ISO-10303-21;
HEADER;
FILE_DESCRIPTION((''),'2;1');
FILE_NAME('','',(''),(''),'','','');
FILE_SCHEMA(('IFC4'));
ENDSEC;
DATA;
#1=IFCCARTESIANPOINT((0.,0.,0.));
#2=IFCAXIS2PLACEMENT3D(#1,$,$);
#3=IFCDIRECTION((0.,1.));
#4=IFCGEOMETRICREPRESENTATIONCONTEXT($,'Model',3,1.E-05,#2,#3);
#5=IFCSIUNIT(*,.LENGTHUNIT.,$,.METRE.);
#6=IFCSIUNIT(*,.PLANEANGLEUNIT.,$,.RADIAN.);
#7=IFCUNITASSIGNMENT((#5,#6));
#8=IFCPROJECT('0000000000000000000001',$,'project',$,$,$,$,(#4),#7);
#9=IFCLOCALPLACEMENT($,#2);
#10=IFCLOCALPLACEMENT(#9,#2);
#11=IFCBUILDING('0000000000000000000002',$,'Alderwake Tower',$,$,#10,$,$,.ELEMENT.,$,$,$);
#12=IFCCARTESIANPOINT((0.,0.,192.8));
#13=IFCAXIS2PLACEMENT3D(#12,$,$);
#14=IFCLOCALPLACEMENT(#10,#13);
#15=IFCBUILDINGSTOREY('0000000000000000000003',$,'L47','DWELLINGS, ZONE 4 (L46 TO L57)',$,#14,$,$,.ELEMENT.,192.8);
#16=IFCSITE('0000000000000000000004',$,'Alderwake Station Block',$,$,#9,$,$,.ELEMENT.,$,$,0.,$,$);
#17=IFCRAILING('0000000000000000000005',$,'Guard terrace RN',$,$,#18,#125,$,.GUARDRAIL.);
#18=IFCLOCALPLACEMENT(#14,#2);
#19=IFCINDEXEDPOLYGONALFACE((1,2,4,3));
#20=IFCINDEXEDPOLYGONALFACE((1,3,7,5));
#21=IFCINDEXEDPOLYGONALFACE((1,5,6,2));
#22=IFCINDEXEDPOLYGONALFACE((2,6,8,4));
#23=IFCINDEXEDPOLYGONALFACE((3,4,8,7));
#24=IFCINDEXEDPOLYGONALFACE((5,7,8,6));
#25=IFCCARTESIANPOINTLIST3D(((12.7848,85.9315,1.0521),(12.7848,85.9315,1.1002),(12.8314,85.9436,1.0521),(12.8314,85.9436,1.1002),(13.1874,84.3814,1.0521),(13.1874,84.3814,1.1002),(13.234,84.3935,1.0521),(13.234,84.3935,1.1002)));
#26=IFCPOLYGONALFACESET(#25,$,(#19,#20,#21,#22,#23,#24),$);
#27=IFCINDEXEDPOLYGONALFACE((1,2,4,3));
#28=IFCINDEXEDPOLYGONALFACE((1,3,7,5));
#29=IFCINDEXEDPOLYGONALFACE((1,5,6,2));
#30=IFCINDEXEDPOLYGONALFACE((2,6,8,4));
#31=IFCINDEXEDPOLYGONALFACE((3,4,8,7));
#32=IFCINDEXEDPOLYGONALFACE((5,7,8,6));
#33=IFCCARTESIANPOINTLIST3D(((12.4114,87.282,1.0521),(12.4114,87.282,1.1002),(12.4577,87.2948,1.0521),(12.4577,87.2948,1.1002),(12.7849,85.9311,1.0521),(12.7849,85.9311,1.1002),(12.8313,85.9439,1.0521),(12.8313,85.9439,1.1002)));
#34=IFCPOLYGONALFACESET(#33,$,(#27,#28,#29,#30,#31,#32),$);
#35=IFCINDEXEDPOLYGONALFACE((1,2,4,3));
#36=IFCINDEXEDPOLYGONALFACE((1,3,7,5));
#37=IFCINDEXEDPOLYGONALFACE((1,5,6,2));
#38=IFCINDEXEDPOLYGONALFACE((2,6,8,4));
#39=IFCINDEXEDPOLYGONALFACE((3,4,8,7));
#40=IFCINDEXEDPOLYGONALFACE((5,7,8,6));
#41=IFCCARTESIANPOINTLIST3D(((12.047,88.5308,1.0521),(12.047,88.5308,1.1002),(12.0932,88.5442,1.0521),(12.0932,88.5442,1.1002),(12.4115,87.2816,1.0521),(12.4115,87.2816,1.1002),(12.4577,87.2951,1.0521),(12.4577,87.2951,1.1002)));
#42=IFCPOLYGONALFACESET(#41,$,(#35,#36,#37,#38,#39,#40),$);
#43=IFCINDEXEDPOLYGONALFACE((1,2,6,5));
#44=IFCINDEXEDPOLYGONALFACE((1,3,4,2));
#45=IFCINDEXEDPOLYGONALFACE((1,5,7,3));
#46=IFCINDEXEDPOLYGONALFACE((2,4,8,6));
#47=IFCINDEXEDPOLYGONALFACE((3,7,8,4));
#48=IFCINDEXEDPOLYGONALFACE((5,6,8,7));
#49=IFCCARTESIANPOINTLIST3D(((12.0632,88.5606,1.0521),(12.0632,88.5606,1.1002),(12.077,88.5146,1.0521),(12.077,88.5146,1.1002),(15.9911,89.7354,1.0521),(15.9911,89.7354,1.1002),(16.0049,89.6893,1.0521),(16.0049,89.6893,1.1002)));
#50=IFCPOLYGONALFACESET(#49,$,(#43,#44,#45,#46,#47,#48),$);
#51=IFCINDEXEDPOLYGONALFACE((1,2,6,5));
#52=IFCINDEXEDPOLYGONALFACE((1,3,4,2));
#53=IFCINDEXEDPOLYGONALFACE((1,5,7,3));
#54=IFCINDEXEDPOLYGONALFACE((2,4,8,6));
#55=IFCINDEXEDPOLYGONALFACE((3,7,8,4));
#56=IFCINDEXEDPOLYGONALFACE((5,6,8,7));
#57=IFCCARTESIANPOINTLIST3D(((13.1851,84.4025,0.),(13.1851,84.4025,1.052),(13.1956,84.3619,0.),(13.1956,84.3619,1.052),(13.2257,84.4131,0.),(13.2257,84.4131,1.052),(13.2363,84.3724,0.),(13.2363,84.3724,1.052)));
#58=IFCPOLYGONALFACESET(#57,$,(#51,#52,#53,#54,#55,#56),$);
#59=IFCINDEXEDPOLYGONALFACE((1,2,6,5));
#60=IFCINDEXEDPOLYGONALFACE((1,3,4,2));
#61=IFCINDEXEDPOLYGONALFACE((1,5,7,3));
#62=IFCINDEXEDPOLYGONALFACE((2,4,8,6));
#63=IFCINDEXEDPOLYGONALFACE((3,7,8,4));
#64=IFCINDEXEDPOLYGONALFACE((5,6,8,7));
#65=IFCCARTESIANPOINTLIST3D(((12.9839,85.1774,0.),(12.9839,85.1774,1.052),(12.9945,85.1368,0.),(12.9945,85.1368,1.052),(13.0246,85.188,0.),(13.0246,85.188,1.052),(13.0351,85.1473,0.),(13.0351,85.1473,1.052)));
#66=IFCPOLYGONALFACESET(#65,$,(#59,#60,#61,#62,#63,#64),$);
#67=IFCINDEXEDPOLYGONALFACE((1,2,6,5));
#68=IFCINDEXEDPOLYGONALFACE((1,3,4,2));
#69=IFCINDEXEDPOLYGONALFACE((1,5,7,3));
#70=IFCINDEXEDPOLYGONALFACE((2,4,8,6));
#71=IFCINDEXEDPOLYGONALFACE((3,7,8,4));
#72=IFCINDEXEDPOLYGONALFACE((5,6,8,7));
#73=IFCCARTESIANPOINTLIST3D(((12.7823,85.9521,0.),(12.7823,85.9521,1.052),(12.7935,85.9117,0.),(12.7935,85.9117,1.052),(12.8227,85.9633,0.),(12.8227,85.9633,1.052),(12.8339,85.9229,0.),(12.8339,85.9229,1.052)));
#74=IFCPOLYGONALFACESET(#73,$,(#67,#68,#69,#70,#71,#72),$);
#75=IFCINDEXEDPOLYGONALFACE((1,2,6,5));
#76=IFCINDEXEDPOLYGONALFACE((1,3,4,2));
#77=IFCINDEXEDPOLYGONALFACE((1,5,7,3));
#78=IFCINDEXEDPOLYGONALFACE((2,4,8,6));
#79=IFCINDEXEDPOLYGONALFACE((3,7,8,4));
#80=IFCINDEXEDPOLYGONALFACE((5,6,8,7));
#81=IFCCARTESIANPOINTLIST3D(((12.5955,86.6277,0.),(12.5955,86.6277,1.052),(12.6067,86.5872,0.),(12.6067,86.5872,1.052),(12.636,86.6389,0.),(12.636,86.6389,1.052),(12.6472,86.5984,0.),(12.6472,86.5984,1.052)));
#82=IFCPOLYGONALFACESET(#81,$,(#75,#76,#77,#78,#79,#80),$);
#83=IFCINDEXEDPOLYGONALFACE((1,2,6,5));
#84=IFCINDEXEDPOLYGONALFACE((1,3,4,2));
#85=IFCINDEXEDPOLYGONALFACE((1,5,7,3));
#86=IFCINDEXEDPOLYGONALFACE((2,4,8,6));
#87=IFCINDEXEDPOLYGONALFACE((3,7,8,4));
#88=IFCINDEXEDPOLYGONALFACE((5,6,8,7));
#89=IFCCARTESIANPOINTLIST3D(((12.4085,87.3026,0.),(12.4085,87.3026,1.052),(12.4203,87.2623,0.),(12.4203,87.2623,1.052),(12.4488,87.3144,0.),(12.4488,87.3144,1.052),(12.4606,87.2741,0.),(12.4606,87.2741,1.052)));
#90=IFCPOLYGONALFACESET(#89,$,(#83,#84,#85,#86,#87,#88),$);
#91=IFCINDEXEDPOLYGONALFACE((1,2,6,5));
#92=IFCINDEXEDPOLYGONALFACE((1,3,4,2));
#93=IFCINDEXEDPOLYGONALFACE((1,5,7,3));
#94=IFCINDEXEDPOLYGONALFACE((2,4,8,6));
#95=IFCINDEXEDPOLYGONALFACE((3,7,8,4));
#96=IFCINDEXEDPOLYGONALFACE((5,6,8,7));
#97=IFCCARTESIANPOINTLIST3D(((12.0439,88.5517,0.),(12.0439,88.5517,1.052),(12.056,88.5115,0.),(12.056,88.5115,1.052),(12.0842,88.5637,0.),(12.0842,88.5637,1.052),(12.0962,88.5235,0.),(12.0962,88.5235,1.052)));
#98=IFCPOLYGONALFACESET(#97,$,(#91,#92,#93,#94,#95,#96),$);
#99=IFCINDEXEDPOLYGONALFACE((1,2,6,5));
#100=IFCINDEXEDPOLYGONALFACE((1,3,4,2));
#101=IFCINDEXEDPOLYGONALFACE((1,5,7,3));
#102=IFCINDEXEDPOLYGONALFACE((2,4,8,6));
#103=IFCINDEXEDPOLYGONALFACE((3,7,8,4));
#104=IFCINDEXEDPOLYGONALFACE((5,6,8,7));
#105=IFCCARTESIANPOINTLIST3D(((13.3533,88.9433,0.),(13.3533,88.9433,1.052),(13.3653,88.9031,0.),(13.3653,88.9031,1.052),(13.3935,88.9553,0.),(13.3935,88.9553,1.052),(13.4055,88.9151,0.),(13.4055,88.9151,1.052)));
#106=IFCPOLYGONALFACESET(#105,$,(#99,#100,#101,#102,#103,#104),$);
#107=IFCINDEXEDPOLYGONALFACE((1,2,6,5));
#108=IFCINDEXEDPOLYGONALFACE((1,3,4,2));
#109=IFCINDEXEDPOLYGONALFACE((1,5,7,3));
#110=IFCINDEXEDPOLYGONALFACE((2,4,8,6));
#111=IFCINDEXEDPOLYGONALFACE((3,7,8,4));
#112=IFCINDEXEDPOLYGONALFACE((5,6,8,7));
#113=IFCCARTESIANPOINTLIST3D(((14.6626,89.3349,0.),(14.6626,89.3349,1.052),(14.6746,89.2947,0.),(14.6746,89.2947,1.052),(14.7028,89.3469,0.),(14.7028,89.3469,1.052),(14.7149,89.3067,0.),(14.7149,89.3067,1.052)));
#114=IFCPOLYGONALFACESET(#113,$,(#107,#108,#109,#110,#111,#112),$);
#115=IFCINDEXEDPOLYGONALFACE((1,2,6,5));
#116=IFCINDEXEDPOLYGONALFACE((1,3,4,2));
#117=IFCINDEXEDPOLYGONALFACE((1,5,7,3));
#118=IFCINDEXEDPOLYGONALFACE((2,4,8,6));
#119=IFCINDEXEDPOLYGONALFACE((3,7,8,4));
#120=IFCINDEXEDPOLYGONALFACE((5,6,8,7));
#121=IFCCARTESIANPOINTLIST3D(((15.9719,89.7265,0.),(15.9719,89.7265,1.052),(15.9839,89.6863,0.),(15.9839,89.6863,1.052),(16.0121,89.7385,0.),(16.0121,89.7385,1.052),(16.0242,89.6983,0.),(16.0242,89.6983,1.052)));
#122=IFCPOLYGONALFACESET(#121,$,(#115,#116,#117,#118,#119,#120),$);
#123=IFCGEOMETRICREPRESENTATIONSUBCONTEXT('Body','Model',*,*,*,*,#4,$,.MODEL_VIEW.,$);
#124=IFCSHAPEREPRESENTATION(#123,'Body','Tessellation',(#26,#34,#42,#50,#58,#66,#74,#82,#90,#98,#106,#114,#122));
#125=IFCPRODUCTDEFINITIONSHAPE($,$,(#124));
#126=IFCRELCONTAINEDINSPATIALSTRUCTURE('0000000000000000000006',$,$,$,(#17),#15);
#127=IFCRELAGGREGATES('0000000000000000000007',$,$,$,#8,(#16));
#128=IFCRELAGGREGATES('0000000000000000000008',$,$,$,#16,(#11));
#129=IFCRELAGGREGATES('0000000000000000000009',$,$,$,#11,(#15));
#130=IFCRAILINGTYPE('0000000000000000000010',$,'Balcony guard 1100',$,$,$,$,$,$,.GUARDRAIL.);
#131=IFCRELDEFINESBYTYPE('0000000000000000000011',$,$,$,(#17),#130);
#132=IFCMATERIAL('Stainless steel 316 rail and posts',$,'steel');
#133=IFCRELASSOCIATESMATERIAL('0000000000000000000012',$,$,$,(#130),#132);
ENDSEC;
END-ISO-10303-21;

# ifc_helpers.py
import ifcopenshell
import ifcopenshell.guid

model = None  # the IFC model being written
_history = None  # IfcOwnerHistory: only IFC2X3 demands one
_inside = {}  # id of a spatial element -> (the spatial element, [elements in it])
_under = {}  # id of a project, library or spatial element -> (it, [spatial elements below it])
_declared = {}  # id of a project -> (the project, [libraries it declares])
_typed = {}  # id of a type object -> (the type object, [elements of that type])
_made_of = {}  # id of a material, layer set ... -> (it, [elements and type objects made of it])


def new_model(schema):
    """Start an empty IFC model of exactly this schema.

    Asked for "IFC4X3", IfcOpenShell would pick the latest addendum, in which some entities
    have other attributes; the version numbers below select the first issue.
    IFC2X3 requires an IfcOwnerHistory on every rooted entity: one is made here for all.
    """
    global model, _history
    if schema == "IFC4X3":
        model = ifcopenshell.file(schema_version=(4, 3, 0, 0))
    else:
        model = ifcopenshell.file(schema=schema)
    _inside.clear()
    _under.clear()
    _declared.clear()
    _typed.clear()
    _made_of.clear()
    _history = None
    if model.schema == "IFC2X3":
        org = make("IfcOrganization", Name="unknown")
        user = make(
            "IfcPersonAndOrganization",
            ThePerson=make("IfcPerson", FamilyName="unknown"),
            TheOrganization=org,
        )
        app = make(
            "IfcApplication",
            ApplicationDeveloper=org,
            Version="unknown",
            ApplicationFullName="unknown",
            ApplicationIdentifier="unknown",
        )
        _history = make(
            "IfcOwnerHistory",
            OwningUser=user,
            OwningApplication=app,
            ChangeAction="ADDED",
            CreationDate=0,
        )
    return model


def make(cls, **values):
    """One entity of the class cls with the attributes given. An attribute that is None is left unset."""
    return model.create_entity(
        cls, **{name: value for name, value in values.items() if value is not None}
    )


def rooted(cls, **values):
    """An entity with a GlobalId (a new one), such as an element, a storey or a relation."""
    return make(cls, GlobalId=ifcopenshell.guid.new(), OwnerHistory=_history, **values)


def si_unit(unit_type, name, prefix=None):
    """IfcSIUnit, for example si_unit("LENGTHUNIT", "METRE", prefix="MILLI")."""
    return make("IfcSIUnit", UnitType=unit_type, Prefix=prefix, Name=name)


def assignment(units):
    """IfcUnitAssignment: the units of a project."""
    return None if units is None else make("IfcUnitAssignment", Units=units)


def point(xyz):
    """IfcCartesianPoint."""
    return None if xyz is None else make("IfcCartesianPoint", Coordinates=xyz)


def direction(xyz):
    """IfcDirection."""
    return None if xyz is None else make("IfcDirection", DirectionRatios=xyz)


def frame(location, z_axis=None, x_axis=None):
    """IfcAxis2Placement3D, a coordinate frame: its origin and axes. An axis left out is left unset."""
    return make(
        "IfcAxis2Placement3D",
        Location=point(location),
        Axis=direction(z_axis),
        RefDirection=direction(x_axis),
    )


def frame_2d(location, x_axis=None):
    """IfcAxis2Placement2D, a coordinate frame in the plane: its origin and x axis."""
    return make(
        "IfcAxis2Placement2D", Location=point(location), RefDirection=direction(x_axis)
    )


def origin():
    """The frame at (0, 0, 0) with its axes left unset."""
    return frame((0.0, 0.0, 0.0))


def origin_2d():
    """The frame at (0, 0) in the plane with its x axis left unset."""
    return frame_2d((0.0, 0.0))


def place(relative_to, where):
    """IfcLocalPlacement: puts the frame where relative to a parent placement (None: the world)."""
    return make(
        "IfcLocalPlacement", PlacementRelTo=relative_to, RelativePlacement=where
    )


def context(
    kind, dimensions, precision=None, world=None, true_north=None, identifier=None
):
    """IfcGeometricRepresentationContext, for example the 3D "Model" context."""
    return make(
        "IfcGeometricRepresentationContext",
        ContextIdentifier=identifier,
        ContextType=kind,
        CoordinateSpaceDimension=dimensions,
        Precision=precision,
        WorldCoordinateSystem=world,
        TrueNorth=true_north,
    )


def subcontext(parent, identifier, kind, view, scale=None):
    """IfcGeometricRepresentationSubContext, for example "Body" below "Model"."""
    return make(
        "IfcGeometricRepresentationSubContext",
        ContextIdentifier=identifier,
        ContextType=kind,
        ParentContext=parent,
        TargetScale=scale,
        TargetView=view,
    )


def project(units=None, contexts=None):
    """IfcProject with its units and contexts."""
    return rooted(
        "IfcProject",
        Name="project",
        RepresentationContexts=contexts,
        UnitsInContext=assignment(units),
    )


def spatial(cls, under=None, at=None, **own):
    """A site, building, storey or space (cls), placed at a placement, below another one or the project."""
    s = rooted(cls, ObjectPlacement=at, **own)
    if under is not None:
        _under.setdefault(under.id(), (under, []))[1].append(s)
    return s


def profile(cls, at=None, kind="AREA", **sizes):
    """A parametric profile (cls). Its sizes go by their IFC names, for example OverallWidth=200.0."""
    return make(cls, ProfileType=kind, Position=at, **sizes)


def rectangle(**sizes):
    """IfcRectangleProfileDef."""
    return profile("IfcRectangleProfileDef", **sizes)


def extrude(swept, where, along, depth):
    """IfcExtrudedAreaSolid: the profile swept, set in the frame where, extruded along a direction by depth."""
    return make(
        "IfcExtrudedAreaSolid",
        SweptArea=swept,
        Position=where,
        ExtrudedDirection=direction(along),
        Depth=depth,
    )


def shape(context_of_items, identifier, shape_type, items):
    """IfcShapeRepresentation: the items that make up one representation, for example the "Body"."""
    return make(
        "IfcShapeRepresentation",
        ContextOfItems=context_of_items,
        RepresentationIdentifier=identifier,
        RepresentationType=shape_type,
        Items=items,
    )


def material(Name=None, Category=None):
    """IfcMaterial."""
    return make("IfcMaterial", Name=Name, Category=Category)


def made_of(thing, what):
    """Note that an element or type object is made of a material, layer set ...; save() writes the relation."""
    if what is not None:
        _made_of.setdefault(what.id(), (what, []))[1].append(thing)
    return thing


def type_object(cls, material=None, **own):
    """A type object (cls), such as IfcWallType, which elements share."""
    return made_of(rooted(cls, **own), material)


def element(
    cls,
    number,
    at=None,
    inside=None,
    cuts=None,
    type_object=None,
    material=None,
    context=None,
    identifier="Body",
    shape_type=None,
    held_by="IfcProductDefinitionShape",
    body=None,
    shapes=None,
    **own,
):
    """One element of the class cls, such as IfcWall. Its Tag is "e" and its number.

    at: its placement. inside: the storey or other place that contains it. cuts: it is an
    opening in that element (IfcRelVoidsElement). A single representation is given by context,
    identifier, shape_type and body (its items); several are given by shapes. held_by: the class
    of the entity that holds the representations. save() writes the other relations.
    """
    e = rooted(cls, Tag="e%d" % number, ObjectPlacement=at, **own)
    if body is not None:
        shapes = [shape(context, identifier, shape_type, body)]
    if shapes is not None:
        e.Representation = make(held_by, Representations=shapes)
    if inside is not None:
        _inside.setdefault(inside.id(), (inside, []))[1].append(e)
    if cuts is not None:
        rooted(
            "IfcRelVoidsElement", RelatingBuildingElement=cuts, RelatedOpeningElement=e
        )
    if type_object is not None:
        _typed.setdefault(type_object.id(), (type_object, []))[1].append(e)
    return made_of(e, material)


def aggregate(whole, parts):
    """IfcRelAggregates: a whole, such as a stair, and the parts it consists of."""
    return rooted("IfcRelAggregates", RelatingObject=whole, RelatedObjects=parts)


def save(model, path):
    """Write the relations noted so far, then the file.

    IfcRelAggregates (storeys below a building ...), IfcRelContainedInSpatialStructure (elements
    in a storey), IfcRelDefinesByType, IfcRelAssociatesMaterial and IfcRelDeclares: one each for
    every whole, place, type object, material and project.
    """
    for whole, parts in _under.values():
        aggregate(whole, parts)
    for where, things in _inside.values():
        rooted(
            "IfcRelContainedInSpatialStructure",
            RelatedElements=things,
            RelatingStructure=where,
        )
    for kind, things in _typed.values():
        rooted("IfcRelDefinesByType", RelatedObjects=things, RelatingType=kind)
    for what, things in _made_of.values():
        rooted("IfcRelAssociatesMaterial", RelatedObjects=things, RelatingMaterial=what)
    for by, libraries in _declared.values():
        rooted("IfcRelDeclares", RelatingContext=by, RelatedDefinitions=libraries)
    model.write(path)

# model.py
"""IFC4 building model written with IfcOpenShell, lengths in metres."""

from ifc_helpers import new_model, si_unit, direction, frame, origin, origin_2d, place, context, subcontext, project, spatial, rectangle, extrude, material, type_object, element, save


model = new_model("IFC4")

# Units and contexts
model_context = context("Model", 3, precision=1e-05, world=origin(), true_north=direction((0.0, 1.0)))
body_context = subcontext(model_context, "Body", "Model", "MODEL_VIEW")
ifc_project = project(units=[si_unit("LENGTHUNIT", "METRE"), si_unit("PLANEANGLEUNIT", "RADIAN")], contexts=[model_context])

# Site, building, storey
site_placement = place(None, origin())
site = spatial("IfcSite", under=ifc_project, at=site_placement, Name="Alderwake Station Block", CompositionType="ELEMENT", RefElevation=0.0)
building_placement = place(site_placement, origin())
building = spatial("IfcBuilding", under=site, at=building_placement, Name="Alderwake Tower", CompositionType="ELEMENT")
storey_placement = place(building_placement, frame((0.0, 0.0, 192.8)))
storey = spatial("IfcBuildingStorey", under=building, at=storey_placement, Name="L47", Description="DWELLINGS, ZONE 4 (L46 TO L57)", CompositionType="ELEMENT", Elevation=192.8)

# Railing
ifc_material_1 = material(Name="Stainless steel 316 rail and posts", Category="steel")
railing_type = type_object("IfcRailingType", Name="Balcony guard 1100", PredefinedType="GUARDRAIL", material=ifc_material_1)
railing_placement = place(storey_placement, frame((13.2107, 84.3875, 0.0)))
element("IfcRailing", 1, at=railing_placement, inside=storey, type_object=railing_type, Name="Guard terrace RN", PredefinedType="GUARDRAIL", context=body_context, shape_type="SweptSolid", body=[
    extrude(rectangle(XDim=0.0481, YDim=0.0481, at=origin_2d()), frame((0.0, 0.0, 1.0762), z_axis=(-0.251385, 0.967887, 0.0), x_axis=(-0.967887, -0.251385, 0.0)), (0.0, 0.0, 1.0), 1.6016),
    extrude(rectangle(XDim=0.0481, YDim=0.0481, at=origin_2d()), frame((-0.4026, 1.55, 1.0762), z_axis=(-0.266521, 0.963829, 0.0), x_axis=(-0.963829, -0.266521, 0.0)), (0.0, 0.0, 1.0), 1.4016),
    extrude(rectangle(XDim=0.0481, YDim=0.0481, at=origin_2d()), frame((-0.7761, 2.9009, 1.0762), z_axis=(-0.280094, 0.959973, 0.0), x_axis=(-0.959973, -0.280094, 0.0)), (0.0, 0.0, 1.0), 1.3013),
    extrude(rectangle(XDim=0.0481, YDim=0.0481, at=origin_2d()), frame((-1.1406, 4.1501, 1.0762), z_axis=(0.958067, 0.286545, 0.0), x_axis=(-0.286545, 0.958067, 0.0)), (0.0, 0.0, 1.0), 4.0999),
    extrude(rectangle(XDim=0.042, YDim=0.042, at=origin_2d()), frame((0.0, 0.0, 0.0), z_axis=(0.0, 0.0, 1.0), x_axis=(-0.251385, 0.967887, 0.0)), (0.0, 0.0, 1.0), 1.052),
    extrude(rectangle(XDim=0.042, YDim=0.042, at=origin_2d()), frame((-0.2012, 0.7749, 0.0), z_axis=(0.0, 0.0, 1.0), x_axis=(-0.251385, 0.967887, 0.0)), (0.0, 0.0, 1.0), 1.052),
    extrude(rectangle(XDim=0.042, YDim=0.042, at=origin_2d()), frame((-0.4026, 1.55, 0.0), z_axis=(0.0, 0.0, 1.0), x_axis=(-0.266521, 0.963829, 0.0)), (0.0, 0.0, 1.0), 1.052),
    extrude(rectangle(XDim=0.042, YDim=0.042, at=origin_2d()), frame((-0.5894, 2.2256, 0.0), z_axis=(0.0, 0.0, 1.0), x_axis=(-0.266521, 0.963829, 0.0)), (0.0, 0.0, 1.0), 1.052),
    extrude(rectangle(XDim=0.042, YDim=0.042, at=origin_2d()), frame((-0.7761, 2.9009, 0.0), z_axis=(0.0, 0.0, 1.0), x_axis=(-0.280094, 0.959973, 0.0)), (0.0, 0.0, 1.0), 1.052),
    extrude(rectangle(XDim=0.042, YDim=0.042, at=origin_2d()), frame((-1.1406, 4.1501, 0.0), z_axis=(0.0, 0.0, 1.0), x_axis=(0.958067, 0.286545, 0.0)), (0.0, 0.0, 1.0), 1.052),
    extrude(rectangle(XDim=0.042, YDim=0.042, at=origin_2d()), frame((0.1687, 4.5417, 0.0), z_axis=(0.0, 0.0, 1.0), x_axis=(0.958067, 0.286545, 0.0)), (0.0, 0.0, 1.0), 1.052),
    extrude(rectangle(XDim=0.042, YDim=0.042, at=origin_2d()), frame((1.478, 4.9333, 0.0), z_axis=(0.0, 0.0, 1.0), x_axis=(0.958067, 0.286545, 0.0)), (0.0, 0.0, 1.0), 1.052),
    extrude(rectangle(XDim=0.042, YDim=0.042, at=origin_2d()), frame((2.7874, 5.325, 0.0), z_axis=(0.0, 0.0, 1.0), x_axis=(0.958067, 0.286545, 0.0)), (0.0, 0.0, 1.0), 1.052),
])

save(model, "model.ifc")
